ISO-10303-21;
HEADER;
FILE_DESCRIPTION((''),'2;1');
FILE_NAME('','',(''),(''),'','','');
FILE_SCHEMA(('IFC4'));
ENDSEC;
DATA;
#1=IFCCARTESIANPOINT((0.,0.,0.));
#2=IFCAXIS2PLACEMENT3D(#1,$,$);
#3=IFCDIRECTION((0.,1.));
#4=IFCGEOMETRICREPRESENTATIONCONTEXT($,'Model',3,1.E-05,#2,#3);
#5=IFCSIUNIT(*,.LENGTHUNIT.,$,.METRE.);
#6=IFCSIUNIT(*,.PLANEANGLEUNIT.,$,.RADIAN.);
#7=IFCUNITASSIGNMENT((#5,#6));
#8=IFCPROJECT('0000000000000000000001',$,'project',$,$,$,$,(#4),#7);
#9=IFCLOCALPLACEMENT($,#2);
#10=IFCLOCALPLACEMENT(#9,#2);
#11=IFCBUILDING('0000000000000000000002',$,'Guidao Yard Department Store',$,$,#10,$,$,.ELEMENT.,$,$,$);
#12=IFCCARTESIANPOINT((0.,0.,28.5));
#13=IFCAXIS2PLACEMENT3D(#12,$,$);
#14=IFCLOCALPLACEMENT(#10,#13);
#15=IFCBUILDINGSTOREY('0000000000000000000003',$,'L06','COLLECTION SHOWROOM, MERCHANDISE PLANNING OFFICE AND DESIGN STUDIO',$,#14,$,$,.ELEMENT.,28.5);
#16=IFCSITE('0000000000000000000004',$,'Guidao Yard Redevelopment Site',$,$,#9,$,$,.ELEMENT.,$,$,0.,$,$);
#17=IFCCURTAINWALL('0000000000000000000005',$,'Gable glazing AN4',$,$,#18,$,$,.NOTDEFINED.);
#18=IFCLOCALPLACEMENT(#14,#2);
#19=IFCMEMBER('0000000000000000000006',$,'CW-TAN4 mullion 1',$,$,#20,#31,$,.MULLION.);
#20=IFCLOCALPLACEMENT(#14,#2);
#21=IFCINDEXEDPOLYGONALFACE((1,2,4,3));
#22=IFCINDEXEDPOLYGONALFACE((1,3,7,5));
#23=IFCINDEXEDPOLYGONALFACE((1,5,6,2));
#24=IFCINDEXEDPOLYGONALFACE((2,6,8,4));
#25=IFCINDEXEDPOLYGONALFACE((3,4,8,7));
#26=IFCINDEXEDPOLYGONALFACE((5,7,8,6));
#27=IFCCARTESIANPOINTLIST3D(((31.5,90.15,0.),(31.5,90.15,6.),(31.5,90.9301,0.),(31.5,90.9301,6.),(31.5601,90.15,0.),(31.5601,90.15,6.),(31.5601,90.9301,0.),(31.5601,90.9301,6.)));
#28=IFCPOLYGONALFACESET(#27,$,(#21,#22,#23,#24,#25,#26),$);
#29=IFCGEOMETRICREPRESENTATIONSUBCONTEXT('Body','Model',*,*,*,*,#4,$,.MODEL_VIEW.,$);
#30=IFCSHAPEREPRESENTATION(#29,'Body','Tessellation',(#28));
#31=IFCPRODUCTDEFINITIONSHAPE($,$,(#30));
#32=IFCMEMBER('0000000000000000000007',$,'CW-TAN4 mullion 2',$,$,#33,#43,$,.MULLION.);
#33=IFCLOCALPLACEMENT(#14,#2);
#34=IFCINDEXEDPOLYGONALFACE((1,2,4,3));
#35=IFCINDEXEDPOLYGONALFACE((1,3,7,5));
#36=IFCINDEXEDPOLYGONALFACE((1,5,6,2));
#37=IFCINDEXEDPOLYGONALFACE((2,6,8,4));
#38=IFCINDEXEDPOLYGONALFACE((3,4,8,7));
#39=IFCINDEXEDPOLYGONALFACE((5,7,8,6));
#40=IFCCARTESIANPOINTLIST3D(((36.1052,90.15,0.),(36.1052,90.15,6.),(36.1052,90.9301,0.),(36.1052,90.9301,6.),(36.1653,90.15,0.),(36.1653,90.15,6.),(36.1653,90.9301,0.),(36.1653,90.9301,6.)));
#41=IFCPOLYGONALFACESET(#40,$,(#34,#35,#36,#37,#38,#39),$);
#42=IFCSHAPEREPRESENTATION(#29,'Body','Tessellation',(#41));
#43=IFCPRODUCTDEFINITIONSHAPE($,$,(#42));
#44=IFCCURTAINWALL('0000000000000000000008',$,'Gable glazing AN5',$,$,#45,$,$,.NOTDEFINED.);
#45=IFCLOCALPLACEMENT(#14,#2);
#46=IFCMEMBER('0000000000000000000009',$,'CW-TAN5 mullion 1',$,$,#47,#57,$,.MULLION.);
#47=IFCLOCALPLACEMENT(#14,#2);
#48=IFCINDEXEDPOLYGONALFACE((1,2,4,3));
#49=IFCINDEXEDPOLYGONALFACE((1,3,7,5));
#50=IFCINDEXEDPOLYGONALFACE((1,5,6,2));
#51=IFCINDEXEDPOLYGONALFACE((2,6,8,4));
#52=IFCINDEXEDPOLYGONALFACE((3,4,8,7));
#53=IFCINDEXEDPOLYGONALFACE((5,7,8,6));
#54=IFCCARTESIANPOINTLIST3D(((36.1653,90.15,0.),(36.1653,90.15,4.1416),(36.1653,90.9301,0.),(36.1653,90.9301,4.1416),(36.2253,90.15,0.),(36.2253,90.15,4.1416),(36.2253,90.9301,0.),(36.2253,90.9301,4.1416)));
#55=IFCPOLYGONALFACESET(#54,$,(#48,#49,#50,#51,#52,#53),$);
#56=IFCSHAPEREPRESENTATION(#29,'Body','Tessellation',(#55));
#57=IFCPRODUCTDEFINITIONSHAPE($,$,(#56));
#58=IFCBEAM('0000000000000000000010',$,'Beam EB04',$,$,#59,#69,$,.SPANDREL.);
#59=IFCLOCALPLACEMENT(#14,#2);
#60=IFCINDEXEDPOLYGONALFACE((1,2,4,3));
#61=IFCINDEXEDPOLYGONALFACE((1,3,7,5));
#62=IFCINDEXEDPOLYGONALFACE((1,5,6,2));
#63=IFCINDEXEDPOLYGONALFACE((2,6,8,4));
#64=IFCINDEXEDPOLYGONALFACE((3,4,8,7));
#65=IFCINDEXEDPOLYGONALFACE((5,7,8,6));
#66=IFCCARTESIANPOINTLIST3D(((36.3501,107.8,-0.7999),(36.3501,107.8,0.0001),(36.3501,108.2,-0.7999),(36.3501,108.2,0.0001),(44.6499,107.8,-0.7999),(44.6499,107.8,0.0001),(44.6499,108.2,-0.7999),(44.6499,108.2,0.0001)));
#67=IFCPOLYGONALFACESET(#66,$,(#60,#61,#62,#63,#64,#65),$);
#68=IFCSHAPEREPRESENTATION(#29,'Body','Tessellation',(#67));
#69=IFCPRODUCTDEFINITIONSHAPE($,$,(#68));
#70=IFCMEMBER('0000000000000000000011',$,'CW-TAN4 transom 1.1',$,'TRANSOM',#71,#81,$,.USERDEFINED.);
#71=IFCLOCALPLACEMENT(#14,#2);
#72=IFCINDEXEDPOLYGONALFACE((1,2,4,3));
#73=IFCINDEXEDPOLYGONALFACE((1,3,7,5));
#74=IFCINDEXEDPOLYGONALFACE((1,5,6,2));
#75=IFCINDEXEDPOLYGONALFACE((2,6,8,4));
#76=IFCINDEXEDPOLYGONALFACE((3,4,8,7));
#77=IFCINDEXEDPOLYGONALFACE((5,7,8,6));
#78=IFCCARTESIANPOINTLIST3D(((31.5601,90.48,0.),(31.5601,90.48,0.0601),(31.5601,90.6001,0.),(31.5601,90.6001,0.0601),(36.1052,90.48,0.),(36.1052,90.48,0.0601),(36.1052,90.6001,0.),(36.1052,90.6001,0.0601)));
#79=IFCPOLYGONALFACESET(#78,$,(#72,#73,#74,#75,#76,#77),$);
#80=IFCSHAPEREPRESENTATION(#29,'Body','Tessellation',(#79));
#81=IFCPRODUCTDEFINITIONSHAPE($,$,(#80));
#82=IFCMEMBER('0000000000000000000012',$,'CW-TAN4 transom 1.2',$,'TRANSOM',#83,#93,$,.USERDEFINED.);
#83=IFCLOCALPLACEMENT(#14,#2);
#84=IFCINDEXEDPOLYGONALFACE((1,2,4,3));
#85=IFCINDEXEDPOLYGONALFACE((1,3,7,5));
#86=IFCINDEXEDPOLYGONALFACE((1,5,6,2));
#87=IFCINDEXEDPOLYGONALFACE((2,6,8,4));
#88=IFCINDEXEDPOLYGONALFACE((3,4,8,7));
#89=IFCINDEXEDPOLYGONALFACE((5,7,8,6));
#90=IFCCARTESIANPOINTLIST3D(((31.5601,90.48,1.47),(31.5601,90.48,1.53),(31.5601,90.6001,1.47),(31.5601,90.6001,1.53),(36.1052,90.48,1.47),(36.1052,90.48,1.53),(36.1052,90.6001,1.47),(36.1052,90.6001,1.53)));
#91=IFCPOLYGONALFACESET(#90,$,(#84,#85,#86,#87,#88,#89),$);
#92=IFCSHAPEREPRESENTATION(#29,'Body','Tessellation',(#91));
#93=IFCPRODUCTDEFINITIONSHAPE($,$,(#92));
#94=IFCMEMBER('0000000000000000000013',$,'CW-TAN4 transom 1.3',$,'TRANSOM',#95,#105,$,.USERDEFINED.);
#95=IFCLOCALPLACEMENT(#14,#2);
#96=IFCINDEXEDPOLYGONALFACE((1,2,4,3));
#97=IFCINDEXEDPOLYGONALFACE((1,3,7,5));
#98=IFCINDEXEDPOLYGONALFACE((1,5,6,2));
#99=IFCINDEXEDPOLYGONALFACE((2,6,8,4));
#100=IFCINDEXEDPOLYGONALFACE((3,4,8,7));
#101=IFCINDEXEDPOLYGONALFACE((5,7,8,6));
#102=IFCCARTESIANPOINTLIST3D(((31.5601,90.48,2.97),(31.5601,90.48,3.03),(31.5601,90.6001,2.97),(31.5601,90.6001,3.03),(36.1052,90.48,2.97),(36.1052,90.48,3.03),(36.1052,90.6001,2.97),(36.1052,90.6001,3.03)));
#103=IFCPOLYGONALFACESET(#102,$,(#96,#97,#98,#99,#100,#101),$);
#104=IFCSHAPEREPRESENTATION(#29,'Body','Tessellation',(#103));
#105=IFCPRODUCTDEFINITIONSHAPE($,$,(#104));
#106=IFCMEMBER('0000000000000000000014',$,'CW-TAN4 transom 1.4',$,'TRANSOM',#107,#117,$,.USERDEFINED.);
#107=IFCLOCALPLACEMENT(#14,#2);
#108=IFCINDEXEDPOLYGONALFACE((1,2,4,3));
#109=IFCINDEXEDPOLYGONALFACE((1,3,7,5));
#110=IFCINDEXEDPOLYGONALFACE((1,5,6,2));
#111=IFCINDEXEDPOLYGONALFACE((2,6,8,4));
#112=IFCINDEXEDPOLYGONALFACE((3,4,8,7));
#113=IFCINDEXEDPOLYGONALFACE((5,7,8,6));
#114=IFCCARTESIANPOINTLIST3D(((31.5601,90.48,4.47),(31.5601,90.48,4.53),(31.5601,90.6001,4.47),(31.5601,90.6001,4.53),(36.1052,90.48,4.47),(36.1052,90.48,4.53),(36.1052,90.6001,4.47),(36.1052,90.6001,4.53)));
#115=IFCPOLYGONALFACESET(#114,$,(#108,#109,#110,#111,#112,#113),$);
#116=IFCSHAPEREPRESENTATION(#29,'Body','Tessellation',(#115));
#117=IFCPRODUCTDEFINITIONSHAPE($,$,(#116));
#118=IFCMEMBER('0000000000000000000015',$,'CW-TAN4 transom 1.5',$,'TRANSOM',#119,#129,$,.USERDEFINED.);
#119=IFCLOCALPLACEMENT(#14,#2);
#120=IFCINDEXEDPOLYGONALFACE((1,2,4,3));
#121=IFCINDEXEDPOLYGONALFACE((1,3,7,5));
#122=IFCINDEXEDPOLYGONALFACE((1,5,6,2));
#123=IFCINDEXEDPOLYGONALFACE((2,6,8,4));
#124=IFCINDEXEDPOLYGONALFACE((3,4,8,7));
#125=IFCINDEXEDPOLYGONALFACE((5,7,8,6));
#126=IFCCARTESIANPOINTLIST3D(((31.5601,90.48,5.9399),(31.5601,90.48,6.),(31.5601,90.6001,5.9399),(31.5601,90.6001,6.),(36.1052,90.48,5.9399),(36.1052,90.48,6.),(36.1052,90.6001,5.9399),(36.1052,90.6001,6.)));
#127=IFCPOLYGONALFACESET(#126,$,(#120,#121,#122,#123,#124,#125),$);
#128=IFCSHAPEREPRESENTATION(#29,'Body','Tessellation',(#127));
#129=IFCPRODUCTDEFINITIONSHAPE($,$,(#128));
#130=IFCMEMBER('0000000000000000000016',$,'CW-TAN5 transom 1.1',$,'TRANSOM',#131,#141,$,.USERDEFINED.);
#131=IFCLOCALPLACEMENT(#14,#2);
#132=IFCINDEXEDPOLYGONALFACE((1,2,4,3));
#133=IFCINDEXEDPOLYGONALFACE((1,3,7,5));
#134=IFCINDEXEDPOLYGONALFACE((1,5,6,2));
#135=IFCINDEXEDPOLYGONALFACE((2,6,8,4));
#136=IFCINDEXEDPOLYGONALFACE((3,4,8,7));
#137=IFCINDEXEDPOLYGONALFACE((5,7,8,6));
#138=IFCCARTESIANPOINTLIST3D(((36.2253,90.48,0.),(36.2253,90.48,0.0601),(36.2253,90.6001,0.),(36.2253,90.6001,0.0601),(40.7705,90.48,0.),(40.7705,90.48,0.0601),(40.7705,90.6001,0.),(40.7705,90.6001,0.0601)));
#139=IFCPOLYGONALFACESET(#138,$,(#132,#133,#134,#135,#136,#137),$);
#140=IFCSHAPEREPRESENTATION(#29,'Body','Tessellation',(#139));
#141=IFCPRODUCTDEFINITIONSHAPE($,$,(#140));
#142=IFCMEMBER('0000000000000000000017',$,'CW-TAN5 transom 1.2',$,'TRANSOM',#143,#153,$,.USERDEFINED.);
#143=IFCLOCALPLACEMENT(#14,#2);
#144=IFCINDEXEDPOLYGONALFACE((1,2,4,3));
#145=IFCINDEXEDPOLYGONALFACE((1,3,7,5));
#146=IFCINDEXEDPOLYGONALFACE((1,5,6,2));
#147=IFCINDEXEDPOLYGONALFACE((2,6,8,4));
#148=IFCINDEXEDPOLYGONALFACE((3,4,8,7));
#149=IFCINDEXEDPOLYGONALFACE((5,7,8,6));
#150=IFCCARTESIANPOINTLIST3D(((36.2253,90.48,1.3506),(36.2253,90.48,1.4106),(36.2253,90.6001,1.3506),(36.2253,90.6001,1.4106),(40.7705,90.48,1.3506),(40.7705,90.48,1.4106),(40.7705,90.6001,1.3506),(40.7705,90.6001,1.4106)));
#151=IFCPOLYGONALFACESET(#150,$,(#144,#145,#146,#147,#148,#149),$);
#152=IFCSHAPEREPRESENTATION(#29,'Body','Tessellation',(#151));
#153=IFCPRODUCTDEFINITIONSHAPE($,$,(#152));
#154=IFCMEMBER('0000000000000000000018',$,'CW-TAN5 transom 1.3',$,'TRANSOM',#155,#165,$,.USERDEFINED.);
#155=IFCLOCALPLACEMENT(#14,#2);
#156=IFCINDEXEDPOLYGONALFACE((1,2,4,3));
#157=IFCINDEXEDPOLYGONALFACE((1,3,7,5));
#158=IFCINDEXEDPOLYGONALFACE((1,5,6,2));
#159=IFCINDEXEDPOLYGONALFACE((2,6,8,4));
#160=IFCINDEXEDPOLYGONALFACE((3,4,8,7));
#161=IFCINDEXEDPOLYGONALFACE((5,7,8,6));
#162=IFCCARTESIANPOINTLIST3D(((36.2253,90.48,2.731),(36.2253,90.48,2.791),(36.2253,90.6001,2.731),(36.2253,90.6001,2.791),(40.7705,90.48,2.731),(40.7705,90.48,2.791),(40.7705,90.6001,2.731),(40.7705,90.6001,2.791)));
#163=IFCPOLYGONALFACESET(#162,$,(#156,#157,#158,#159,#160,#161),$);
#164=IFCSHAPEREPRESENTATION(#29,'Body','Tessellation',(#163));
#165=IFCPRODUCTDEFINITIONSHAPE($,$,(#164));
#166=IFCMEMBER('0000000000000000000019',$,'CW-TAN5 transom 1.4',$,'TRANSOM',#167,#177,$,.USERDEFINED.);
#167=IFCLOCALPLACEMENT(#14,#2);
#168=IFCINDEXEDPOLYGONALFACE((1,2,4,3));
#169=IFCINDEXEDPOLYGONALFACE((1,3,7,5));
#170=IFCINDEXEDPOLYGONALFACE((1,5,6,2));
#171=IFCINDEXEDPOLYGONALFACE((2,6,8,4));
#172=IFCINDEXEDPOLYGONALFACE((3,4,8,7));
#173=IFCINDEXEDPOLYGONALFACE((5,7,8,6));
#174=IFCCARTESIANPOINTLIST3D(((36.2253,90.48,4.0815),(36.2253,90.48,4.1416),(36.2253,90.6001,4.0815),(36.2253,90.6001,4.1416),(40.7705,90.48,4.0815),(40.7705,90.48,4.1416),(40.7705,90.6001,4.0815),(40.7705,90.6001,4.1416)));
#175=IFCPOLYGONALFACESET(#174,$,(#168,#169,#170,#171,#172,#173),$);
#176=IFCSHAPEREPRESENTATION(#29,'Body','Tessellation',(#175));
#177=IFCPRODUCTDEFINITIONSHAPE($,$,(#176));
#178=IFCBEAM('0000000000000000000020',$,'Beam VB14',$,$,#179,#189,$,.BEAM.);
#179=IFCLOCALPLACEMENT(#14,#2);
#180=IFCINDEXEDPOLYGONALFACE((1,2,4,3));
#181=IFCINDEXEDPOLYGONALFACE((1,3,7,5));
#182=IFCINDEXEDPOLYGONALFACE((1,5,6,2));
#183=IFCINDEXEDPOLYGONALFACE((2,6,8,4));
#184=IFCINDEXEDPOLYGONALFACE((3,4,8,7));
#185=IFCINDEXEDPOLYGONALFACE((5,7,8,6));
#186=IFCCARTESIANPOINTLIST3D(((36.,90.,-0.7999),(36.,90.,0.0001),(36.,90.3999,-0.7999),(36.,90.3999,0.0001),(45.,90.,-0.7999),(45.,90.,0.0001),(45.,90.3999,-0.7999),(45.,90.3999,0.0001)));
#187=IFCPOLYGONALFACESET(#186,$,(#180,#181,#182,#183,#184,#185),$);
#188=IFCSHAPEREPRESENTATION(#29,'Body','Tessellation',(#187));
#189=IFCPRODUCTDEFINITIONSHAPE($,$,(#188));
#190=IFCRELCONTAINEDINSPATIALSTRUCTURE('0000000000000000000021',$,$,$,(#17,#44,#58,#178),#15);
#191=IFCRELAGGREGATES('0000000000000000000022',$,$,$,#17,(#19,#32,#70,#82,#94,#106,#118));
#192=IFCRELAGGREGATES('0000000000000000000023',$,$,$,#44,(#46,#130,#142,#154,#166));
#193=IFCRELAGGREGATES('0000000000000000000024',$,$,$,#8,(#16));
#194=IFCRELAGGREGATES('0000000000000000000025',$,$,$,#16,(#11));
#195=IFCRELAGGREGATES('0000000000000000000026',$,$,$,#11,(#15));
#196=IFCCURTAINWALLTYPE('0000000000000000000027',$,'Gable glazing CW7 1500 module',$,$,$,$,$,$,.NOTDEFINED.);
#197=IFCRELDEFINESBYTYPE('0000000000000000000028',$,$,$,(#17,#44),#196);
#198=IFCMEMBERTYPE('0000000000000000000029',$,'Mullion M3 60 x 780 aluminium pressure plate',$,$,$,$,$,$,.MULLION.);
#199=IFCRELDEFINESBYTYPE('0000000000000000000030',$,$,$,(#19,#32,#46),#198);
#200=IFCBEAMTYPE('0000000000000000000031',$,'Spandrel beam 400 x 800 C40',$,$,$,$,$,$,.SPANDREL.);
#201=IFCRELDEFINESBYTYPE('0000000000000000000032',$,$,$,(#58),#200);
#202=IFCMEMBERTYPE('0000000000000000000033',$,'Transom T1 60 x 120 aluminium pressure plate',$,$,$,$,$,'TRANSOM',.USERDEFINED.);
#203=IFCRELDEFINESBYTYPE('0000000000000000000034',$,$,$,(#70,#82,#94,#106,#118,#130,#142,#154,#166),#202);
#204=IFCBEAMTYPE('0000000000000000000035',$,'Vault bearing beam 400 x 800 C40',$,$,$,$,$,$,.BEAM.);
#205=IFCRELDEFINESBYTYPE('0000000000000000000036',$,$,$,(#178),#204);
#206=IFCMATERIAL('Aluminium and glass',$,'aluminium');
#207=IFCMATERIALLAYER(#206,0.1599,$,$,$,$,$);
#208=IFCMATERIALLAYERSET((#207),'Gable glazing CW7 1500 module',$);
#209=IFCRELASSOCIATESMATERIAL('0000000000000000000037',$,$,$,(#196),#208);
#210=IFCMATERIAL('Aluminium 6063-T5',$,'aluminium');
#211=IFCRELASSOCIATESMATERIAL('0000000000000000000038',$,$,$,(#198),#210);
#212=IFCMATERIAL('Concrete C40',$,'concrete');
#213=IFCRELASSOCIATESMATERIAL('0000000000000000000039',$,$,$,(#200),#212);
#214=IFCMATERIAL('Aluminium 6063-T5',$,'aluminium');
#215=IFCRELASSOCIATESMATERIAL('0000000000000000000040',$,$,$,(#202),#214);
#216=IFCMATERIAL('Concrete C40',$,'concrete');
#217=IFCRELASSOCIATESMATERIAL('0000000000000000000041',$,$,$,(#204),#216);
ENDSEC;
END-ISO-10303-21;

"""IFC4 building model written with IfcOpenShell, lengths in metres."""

from ifc_helpers import new_model, si_unit, direction, frame, origin, origin_2d, place, context, subcontext, project, spatial, rectangle, extrude, material, layer, layer_set, material_profile, profile_set, type_object, element, aggregate, save


model = new_model("IFC4")

# Units and contexts
model_context = context("Model", 3, precision=1e-05, world=origin(), true_north=direction((0.0, 1.0)))
body_context = subcontext(model_context, "Body", "Model", "MODEL_VIEW")
ifc_project = project(units=[si_unit("LENGTHUNIT", "METRE"), si_unit("PLANEANGLEUNIT", "RADIAN")], contexts=[model_context])

# Site, building, storey
site_placement = place(None, origin())
site = spatial("IfcSite", under=ifc_project, at=site_placement, Name="Guidao Yard Redevelopment Site", CompositionType="ELEMENT", RefElevation=0.0)
building_placement = place(site_placement, origin())
building = spatial("IfcBuilding", under=site, at=building_placement, Name="Guidao Yard Department Store", CompositionType="ELEMENT")
storey_placement = place(building_placement, frame((0.0, 0.0, 28.5)))
storey = spatial("IfcBuildingStorey", under=building, at=storey_placement, Name="L06", Description="COLLECTION SHOWROOM, MERCHANDISE PLANNING OFFICE AND DESIGN STUDIO", CompositionType="ELEMENT", Elevation=28.5)

# Curtain wall, members
ifc_material_1 = material(Name="Aluminium and glass", Category="aluminium")
ifc_layer_1 = layer(ifc_material_1, 0.1599)
ifc_layer_set_1 = layer_set([ifc_layer_1], Name="Gable glazing CW7 1500 module")
curtain_wall_type = type_object("IfcCurtainWallType", Name="Gable glazing CW7 1500 module", PredefinedType="NOTDEFINED", material=ifc_layer_set_1)
curtain_wall_1_placement = place(storey_placement, origin())
curtain_wall_1 = element("IfcCurtainWall", 1, at=curtain_wall_1_placement, inside=storey, type_object=curtain_wall_type, Name="Gable glazing AN4", PredefinedType="NOTDEFINED")
ifc_material_2 = material(Name="Aluminium 6063-T5", Category="aluminium")
ifc_material_profile_1 = material_profile(ifc_material_2, rectangle(XDim=0.0601, YDim=0.78, at=origin_2d()), Name="Mullion M3 60 x 780 aluminium pressure plate")
ifc_profile_set_1 = profile_set([ifc_material_profile_1], Name="Aluminium 6063-T5")
member_type_1 = type_object("IfcMemberType", Name="Mullion M3 60 x 780 aluminium pressure plate", PredefinedType="MULLION", material=ifc_profile_set_1)
member_1_placement = place(storey_placement, frame((31.53, 90.54, 0.0), z_axis=(0.0, 0.0, 1.0), x_axis=(1.0, 0.0, 0.0)))
member_1 = element("IfcMember", 2, at=member_1_placement, type_object=member_type_1, Name="CW-TAN4 mullion 1", PredefinedType="MULLION", context=body_context, shape_type="SweptSolid", body=[
    extrude(rectangle(XDim=0.0601, YDim=0.78, at=origin_2d()), origin(), (0.0, 0.0, 1.0), 6.0),
])
member_2_placement = place(storey_placement, frame((36.1353, 90.54, 0.0), z_axis=(0.0, 0.0, 1.0), x_axis=(1.0, 0.0, 0.0)))
member_2 = element("IfcMember", 3, at=member_2_placement, type_object=member_type_1, Name="CW-TAN4 mullion 2", PredefinedType="MULLION", context=body_context, shape_type="SweptSolid", body=[
    extrude(rectangle(XDim=0.0601, YDim=0.78, at=origin_2d()), origin(), (0.0, 0.0, 1.0), 6.0),
])

# Curtain wall, member
curtain_wall_2_placement = place(storey_placement, origin())
curtain_wall_2 = element("IfcCurtainWall", 4, at=curtain_wall_2_placement, inside=storey, type_object=curtain_wall_type, Name="Gable glazing AN5", PredefinedType="NOTDEFINED")
member_3_placement = place(storey_placement, frame((36.1953, 90.54, 0.0), z_axis=(0.0, 0.0, 1.0), x_axis=(1.0, 0.0, 0.0)))
member_3 = element("IfcMember", 5, at=member_3_placement, type_object=member_type_1, Name="CW-TAN5 mullion 1", PredefinedType="MULLION", context=body_context, shape_type="SweptSolid", body=[
    extrude(rectangle(XDim=0.0601, YDim=0.78, at=origin_2d()), origin(), (0.0, 0.0, 1.0), 4.1416),
])

# Beam
ifc_material_3 = material(Name="Concrete C40", Category="concrete")
ifc_material_profile_2 = material_profile(ifc_material_3, rectangle(XDim=0.3999, YDim=0.8, at=origin_2d()), Name="Spandrel beam 400 x 800 C40")
ifc_profile_set_2 = profile_set([ifc_material_profile_2], Name="Concrete C40")
beam_type_1 = type_object("IfcBeamType", Name="Spandrel beam 400 x 800 C40", PredefinedType="SPANDREL", material=ifc_profile_set_2)
beam_1_placement = place(storey_placement, frame((36.3501, 108.0, -0.3999), z_axis=(1.0, 0.0, 0.0), x_axis=(0.0, 1.0, 0.0)))
element("IfcBeam", 6, at=beam_1_placement, inside=storey, type_object=beam_type_1, Name="Beam EB04", PredefinedType="SPANDREL", context=body_context, shape_type="SweptSolid", body=[
    extrude(rectangle(XDim=0.3999, YDim=0.8, at=origin_2d()), origin(), (0.0, 0.0, 1.0), 8.2998),
])

# Members
ifc_material_4 = material(Name="Aluminium 6063-T5", Category="aluminium")
ifc_material_profile_3 = material_profile(ifc_material_4, rectangle(XDim=0.1201, YDim=0.0601, at=origin_2d()), Name="Transom T1 60 x 120 aluminium pressure plate")
ifc_profile_set_3 = profile_set([ifc_material_profile_3], Name="Aluminium 6063-T5")
member_type_2 = type_object("IfcMemberType", Name="Transom T1 60 x 120 aluminium pressure plate", ElementType="TRANSOM", PredefinedType="USERDEFINED", material=ifc_profile_set_3)
member_4_placement = place(storey_placement, frame((31.5601, 90.54, 0.03), z_axis=(1.0, 0.0, 0.0), x_axis=(0.0, 1.0, 0.0)))
member_4 = element("IfcMember", 7, at=member_4_placement, type_object=member_type_2, Name="CW-TAN4 transom 1.1", ObjectType="TRANSOM", PredefinedType="USERDEFINED", context=body_context, shape_type="SweptSolid", body=[
    extrude(rectangle(XDim=0.1201, YDim=0.0601, at=origin_2d()), origin(), (0.0, 0.0, 1.0), 4.5452),
])
member_5_placement = place(storey_placement, frame((31.5601, 90.54, 1.5), z_axis=(1.0, 0.0, 0.0), x_axis=(0.0, 1.0, 0.0)))
member_5 = element("IfcMember", 8, at=member_5_placement, type_object=member_type_2, Name="CW-TAN4 transom 1.2", ObjectType="TRANSOM", PredefinedType="USERDEFINED", context=body_context, shape_type="SweptSolid", body=[
    extrude(rectangle(XDim=0.1201, YDim=0.0601, at=origin_2d()), origin(), (0.0, 0.0, 1.0), 4.5452),
])
member_6_placement = place(storey_placement, frame((31.5601, 90.54, 3.0), z_axis=(1.0, 0.0, 0.0), x_axis=(0.0, 1.0, 0.0)))
member_6 = element("IfcMember", 9, at=member_6_placement, type_object=member_type_2, Name="CW-TAN4 transom 1.3", ObjectType="TRANSOM", PredefinedType="USERDEFINED", context=body_context, shape_type="SweptSolid", body=[
    extrude(rectangle(XDim=0.1201, YDim=0.0601, at=origin_2d()), origin(), (0.0, 0.0, 1.0), 4.5452),
])
member_7_placement = place(storey_placement, frame((31.5601, 90.54, 4.5), z_axis=(1.0, 0.0, 0.0), x_axis=(0.0, 1.0, 0.0)))
member_7 = element("IfcMember", 10, at=member_7_placement, type_object=member_type_2, Name="CW-TAN4 transom 1.4", ObjectType="TRANSOM", PredefinedType="USERDEFINED", context=body_context, shape_type="SweptSolid", body=[
    extrude(rectangle(XDim=0.1201, YDim=0.0601, at=origin_2d()), origin(), (0.0, 0.0, 1.0), 4.5452),
])
member_8_placement = place(storey_placement, frame((31.5601, 90.54, 5.97), z_axis=(1.0, 0.0, 0.0), x_axis=(0.0, 1.0, 0.0)))
member_8 = element("IfcMember", 11, at=member_8_placement, type_object=member_type_2, Name="CW-TAN4 transom 1.5", ObjectType="TRANSOM", PredefinedType="USERDEFINED", context=body_context, shape_type="SweptSolid", body=[
    extrude(rectangle(XDim=0.1201, YDim=0.0601, at=origin_2d()), origin(), (0.0, 0.0, 1.0), 4.5452),
])
member_9_placement = place(storey_placement, frame((36.2253, 90.54, 0.03), z_axis=(1.0, 0.0, 0.0), x_axis=(0.0, 1.0, 0.0)))
member_9 = element("IfcMember", 12, at=member_9_placement, type_object=member_type_2, Name="CW-TAN5 transom 1.1", ObjectType="TRANSOM", PredefinedType="USERDEFINED", context=body_context, shape_type="SweptSolid", body=[
    extrude(rectangle(XDim=0.1201, YDim=0.0601, at=origin_2d()), origin(), (0.0, 0.0, 1.0), 4.5452),
])
member_10_placement = place(storey_placement, frame((36.2253, 90.54, 1.3806), z_axis=(1.0, 0.0, 0.0), x_axis=(0.0, 1.0, 0.0)))
member_10 = element("IfcMember", 13, at=member_10_placement, type_object=member_type_2, Name="CW-TAN5 transom 1.2", ObjectType="TRANSOM", PredefinedType="USERDEFINED", context=body_context, shape_type="SweptSolid", body=[
    extrude(rectangle(XDim=0.1201, YDim=0.0601, at=origin_2d()), origin(), (0.0, 0.0, 1.0), 4.5452),
])
member_11_placement = place(storey_placement, frame((36.2253, 90.54, 2.761), z_axis=(1.0, 0.0, 0.0), x_axis=(0.0, 1.0, 0.0)))
member_11 = element("IfcMember", 14, at=member_11_placement, type_object=member_type_2, Name="CW-TAN5 transom 1.3", ObjectType="TRANSOM", PredefinedType="USERDEFINED", context=body_context, shape_type="SweptSolid", body=[
    extrude(rectangle(XDim=0.1201, YDim=0.0601, at=origin_2d()), origin(), (0.0, 0.0, 1.0), 4.5452),
])
member_12_placement = place(storey_placement, frame((36.2253, 90.54, 4.1116), z_axis=(1.0, 0.0, 0.0), x_axis=(0.0, 1.0, 0.0)))
member_12 = element("IfcMember", 15, at=member_12_placement, type_object=member_type_2, Name="CW-TAN5 transom 1.4", ObjectType="TRANSOM", PredefinedType="USERDEFINED", context=body_context, shape_type="SweptSolid", body=[
    extrude(rectangle(XDim=0.1201, YDim=0.0601, at=origin_2d()), origin(), (0.0, 0.0, 1.0), 4.5452),
])

# Beam
ifc_material_5 = material(Name="Concrete C40", Category="concrete")
ifc_material_profile_4 = material_profile(ifc_material_5, rectangle(XDim=0.3999, YDim=0.8, at=origin_2d()), Name="Vault bearing beam 400 x 800 C40")
ifc_profile_set_4 = profile_set([ifc_material_profile_4], Name="Concrete C40")
beam_type_2 = type_object("IfcBeamType", Name="Vault bearing beam 400 x 800 C40", PredefinedType="BEAM", material=ifc_profile_set_4)
beam_2_placement = place(storey_placement, frame((36.0, 90.2, -0.3999), z_axis=(1.0, 0.0, 0.0), x_axis=(0.0, 1.0, 0.0)))
element("IfcBeam", 16, at=beam_2_placement, inside=storey, type_object=beam_type_2, Name="Beam VB14", PredefinedType="BEAM", context=body_context, shape_type="SweptSolid", body=[
    extrude(rectangle(XDim=0.3999, YDim=0.8, at=origin_2d()), origin(), (0.0, 0.0, 1.0), 9.0),
])

aggregate(curtain_wall_1, [member_1, member_2, member_4, member_5, member_6, member_7, member_8])
aggregate(curtain_wall_2, [member_3, member_9, member_10, member_11, member_12])

save(model, "model.ifc")
